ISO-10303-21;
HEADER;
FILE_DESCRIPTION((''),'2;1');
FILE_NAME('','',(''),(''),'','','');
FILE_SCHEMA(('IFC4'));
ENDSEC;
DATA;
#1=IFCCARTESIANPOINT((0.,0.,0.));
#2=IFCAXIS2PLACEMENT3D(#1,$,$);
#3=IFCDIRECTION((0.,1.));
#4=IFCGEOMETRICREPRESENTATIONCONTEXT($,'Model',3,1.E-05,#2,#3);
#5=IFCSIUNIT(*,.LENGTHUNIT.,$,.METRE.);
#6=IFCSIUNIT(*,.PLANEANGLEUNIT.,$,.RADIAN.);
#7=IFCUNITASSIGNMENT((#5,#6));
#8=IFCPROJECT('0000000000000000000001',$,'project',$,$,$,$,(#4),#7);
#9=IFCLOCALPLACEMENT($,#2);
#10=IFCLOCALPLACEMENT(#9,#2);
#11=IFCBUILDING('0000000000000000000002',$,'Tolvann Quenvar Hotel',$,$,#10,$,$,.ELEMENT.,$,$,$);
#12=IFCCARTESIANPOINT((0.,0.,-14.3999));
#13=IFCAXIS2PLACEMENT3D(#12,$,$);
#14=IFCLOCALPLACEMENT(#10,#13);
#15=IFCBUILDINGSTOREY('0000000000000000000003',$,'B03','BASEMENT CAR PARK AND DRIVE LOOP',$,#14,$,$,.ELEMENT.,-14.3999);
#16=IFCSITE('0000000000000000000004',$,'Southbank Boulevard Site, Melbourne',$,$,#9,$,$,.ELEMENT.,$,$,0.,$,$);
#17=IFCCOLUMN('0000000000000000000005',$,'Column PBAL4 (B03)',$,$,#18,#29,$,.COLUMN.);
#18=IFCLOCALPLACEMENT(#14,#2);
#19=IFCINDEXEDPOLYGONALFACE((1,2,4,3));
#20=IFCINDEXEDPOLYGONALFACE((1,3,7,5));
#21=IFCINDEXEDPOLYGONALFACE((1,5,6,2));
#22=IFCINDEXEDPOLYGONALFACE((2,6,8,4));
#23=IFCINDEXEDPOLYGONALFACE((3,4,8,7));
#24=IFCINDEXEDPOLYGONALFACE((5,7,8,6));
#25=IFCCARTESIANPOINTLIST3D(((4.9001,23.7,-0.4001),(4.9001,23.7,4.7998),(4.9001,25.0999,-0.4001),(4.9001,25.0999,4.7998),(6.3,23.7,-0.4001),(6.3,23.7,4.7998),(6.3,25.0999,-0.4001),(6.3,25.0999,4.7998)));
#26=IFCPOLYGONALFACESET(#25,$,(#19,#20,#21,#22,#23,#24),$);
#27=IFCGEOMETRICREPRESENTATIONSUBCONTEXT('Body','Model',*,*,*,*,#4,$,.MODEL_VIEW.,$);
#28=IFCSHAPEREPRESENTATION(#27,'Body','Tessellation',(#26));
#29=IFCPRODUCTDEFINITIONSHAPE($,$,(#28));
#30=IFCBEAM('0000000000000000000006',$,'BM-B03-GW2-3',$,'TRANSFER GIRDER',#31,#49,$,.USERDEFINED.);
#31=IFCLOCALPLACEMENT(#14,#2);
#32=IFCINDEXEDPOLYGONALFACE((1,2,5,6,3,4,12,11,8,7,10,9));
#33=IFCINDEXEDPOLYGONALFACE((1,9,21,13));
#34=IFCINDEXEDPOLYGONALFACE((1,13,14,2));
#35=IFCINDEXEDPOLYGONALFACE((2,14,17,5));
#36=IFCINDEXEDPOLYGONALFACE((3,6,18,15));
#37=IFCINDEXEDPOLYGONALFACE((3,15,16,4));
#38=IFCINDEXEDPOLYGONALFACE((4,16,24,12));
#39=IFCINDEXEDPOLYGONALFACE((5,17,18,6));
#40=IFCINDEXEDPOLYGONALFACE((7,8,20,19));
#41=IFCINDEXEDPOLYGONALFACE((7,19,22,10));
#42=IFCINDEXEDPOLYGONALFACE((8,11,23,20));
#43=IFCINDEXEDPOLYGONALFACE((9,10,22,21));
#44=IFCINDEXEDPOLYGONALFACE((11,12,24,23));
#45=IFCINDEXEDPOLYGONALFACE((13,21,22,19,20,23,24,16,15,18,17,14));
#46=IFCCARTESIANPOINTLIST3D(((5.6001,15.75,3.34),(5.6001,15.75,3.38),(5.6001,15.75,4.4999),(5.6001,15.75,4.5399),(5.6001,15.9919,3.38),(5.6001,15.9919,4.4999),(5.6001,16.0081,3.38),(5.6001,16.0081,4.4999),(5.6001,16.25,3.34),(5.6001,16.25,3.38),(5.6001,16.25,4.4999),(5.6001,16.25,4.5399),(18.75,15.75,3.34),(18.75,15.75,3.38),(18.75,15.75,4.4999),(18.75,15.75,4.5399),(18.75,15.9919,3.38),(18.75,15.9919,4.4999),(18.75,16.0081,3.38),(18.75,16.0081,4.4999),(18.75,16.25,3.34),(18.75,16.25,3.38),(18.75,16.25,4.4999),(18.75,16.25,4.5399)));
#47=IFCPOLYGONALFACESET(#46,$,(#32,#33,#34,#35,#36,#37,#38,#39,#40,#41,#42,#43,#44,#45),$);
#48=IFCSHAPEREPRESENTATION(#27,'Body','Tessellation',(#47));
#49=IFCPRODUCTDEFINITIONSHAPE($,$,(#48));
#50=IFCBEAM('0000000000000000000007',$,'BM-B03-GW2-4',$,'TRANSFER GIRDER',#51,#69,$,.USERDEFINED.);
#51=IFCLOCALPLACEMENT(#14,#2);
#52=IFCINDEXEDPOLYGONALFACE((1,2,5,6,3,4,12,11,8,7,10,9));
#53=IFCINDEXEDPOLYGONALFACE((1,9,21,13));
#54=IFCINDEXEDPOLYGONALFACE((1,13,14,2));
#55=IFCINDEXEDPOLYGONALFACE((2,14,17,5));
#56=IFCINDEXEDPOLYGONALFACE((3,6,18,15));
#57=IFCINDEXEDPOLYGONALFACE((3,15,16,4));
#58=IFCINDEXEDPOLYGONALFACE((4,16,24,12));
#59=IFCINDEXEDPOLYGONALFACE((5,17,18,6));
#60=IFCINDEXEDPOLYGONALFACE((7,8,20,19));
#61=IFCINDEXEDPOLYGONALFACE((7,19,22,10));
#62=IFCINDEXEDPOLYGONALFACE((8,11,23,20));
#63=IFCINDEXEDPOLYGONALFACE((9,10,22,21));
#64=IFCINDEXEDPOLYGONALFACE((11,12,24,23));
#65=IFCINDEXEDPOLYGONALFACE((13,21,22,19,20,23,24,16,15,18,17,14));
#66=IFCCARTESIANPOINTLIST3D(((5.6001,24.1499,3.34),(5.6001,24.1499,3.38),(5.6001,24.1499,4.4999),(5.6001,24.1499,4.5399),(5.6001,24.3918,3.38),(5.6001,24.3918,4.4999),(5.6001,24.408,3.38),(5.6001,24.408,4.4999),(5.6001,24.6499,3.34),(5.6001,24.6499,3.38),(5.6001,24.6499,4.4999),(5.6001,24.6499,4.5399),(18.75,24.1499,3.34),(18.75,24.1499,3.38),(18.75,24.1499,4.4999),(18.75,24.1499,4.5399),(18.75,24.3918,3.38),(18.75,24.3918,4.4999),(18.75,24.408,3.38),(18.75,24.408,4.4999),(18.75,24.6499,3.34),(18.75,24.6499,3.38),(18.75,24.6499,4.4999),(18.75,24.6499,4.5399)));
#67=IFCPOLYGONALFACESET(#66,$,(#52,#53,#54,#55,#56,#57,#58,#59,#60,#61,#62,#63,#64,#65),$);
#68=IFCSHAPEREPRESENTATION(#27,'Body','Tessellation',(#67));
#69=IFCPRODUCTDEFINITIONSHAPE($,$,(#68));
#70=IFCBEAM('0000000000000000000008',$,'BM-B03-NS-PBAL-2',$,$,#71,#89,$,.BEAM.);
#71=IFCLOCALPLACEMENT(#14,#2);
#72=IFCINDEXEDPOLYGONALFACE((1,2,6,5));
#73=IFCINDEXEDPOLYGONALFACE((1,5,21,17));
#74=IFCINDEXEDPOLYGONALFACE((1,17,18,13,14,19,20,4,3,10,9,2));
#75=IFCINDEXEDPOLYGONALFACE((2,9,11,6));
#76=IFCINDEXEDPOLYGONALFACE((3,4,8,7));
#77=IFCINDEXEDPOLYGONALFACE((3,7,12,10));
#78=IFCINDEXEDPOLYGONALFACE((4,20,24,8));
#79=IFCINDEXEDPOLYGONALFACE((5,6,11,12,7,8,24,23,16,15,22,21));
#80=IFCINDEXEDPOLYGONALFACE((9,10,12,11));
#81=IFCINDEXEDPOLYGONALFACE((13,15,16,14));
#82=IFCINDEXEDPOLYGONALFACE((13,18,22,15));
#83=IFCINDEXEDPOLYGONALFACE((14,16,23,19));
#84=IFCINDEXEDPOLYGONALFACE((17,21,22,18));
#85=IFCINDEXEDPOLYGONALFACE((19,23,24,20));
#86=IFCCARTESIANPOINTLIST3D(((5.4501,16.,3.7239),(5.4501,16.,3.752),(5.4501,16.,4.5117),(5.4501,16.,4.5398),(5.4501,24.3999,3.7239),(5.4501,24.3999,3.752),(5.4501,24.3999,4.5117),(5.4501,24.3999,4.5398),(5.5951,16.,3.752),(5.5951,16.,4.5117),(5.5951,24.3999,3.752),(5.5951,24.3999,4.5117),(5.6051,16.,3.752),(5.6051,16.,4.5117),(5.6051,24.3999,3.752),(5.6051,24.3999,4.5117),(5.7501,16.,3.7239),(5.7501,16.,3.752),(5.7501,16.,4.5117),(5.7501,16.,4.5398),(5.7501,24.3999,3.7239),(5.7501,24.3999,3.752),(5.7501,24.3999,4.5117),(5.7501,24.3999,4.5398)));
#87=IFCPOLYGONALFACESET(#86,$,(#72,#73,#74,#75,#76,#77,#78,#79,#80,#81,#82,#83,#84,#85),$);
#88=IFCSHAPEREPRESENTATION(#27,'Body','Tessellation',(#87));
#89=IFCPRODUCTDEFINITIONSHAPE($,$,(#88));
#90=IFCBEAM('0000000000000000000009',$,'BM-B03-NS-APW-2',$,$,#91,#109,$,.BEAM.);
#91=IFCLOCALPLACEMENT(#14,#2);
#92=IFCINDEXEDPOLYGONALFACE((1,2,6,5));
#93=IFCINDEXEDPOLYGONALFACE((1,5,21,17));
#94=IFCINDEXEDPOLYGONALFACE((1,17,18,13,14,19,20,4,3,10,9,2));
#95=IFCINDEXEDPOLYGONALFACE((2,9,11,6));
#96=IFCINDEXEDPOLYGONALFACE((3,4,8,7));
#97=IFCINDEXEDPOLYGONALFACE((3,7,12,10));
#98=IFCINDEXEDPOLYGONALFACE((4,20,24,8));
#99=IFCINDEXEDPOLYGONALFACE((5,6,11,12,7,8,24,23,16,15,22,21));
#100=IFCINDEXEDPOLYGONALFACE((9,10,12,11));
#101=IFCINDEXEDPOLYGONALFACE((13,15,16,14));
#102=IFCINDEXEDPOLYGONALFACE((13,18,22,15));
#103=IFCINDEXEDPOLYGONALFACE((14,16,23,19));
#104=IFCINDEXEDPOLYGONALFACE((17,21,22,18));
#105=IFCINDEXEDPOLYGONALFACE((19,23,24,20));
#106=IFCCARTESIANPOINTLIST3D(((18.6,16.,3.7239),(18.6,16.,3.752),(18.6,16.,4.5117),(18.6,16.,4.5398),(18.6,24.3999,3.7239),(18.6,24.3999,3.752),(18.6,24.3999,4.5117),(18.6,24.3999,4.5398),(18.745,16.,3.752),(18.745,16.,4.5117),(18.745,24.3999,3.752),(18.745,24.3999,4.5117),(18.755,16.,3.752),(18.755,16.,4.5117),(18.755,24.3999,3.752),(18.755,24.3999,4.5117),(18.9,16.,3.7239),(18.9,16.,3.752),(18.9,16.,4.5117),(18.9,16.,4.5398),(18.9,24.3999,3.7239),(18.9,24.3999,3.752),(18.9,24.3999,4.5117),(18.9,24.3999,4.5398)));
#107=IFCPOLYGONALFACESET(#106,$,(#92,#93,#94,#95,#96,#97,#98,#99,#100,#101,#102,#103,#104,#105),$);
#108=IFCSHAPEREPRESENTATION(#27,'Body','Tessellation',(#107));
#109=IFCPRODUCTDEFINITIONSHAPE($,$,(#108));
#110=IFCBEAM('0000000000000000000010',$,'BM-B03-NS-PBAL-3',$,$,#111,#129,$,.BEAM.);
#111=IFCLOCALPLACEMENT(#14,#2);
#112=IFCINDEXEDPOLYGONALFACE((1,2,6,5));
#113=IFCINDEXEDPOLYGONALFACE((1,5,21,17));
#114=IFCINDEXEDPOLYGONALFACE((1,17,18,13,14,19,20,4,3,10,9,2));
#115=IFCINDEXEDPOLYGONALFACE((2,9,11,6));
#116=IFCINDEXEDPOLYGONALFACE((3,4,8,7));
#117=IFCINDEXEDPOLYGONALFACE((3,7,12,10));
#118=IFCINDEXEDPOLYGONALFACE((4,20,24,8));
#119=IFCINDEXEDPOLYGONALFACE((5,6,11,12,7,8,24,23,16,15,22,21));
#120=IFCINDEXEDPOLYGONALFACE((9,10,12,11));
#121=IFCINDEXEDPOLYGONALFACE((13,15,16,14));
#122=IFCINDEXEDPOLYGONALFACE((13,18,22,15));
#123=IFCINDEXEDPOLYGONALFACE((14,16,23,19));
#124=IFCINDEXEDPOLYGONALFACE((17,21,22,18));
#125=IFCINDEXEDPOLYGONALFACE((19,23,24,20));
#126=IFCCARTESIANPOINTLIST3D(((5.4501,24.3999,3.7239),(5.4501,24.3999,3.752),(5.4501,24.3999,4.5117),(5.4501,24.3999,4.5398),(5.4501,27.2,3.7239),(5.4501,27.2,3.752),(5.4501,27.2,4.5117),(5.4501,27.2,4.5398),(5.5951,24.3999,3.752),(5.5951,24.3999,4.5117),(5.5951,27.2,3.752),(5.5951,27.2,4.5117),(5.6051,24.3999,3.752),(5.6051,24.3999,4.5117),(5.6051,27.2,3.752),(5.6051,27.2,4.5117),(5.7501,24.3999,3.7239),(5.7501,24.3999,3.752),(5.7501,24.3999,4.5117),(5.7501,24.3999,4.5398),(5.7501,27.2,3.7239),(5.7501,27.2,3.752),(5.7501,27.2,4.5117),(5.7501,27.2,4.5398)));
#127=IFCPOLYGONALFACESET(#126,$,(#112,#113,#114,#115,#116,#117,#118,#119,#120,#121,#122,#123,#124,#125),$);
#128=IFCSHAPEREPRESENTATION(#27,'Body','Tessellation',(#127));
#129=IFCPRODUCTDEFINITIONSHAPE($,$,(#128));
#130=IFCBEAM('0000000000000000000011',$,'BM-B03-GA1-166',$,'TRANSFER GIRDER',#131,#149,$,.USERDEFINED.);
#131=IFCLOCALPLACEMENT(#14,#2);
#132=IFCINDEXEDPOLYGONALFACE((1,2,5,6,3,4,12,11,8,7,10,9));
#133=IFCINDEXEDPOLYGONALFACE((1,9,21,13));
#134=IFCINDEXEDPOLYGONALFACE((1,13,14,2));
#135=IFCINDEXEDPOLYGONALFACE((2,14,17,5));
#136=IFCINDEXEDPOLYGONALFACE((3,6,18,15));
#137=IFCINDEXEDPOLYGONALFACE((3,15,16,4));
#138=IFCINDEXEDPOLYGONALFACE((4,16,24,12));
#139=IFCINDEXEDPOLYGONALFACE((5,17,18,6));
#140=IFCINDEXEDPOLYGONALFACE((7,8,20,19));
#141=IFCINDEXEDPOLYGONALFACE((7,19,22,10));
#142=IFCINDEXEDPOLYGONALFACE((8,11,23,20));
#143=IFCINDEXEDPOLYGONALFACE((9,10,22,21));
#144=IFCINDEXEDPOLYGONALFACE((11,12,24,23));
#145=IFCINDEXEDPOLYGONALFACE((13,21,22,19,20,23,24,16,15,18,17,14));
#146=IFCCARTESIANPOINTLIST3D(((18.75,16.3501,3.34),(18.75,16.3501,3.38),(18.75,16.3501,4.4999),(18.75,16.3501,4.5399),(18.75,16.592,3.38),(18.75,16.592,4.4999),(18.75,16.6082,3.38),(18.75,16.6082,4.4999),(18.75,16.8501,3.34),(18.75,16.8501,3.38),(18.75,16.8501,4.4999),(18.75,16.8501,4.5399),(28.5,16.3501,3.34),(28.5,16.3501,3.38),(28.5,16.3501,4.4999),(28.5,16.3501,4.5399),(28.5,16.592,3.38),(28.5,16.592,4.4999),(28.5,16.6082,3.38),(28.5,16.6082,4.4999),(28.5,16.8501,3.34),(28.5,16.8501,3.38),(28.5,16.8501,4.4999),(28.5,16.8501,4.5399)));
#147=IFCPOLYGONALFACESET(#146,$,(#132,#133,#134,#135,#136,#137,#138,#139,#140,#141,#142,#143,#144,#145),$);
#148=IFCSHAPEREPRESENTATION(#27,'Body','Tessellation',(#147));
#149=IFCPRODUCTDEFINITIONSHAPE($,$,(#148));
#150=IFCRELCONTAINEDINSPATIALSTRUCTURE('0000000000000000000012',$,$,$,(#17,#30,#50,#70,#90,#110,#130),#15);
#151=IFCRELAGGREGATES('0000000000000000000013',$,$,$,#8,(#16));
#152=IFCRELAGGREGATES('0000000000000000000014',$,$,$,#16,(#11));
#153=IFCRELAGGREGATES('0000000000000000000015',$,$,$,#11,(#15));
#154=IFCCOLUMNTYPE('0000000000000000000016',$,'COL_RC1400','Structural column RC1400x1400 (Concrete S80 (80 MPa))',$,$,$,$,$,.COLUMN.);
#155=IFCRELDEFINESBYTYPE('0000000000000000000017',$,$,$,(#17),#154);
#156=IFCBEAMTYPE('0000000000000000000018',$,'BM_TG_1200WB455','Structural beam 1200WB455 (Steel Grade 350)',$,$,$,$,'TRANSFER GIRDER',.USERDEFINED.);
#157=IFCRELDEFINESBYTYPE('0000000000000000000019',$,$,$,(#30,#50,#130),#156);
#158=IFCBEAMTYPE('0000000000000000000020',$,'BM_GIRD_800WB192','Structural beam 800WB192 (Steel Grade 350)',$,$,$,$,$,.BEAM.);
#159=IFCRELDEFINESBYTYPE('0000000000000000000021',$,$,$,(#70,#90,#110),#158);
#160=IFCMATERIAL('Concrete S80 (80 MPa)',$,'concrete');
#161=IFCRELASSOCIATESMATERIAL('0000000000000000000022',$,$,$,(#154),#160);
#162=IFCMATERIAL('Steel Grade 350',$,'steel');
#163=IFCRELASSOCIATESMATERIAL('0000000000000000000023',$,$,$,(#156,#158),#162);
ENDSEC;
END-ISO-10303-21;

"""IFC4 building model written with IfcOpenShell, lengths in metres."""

from ifc_helpers import new_model, si_unit, direction, frame, origin, origin_2d, place, context, subcontext, project, spatial, rectangle, i_section, extrude, source, transform, mapped, material, material_profile, profile_set, type_object, type_shapes, element, save


model = new_model("IFC4")

# Units and contexts
model_context = context("Model", 3, precision=1e-05, world=origin(), true_north=direction((0.0, 1.0)))
body_context = subcontext(model_context, "Body", "Model", "MODEL_VIEW")
ifc_project = project(units=[si_unit("LENGTHUNIT", "METRE"), si_unit("PLANEANGLEUNIT", "RADIAN")], contexts=[model_context])

# Site, building, storey
site_placement = place(None, origin())
site = spatial("IfcSite", under=ifc_project, at=site_placement, Name="Southbank Boulevard Site, Melbourne", CompositionType="ELEMENT", RefElevation=0.0)
building_placement = place(site_placement, origin())
building = spatial("IfcBuilding", under=site, at=building_placement, Name="Tolvann Quenvar Hotel", CompositionType="ELEMENT")
storey_placement = place(building_placement, frame((0.0, 0.0, -14.3999)))
storey = spatial("IfcBuildingStorey", under=building, at=storey_placement, Name="B03", Description="BASEMENT CAR PARK AND DRIVE LOOP", CompositionType="ELEMENT", Elevation=-14.3999)

# Column
ifc_material_1 = material(Name="Concrete S80 (80 MPa)", Category="concrete")
ifc_material_profile_1 = material_profile(ifc_material_1, rectangle(XDim=1.3999, YDim=1.3999, at=origin_2d()), Name="RC1400x1400")
ifc_profile_set_1 = profile_set([ifc_material_profile_1], Name="Concrete S80 (80 MPa)")
column_type = type_object("IfcColumnType", Name="COL_RC1400", Description="Structural column RC1400x1400 (Concrete S80 (80 MPa))", PredefinedType="COLUMN", material=ifc_profile_set_1)
shared_shape_1 = source(origin(), body_context, "Body", "SweptSolid", [
    extrude(rectangle(XDim=1.3999, YDim=1.3999, at=origin_2d()), origin(), (0.0, 0.0, 1.0), 5.2),
])
type_shapes(column_type, [shared_shape_1])
for number, where, z_axis, x_axis, name in (
    (1, (5.6001, 24.3999, -0.4001), (0.0, 0.0, 1.0), (1.0, 0.0, 0.0), "Column PBAL4 (B03)"),
):
    element("IfcColumn", number, at=place(storey_placement, frame(where, z_axis=z_axis, x_axis=x_axis)), inside=storey, type_object=column_type, Name=name, PredefinedType="COLUMN", context=body_context, shape_type="MappedRepresentation", body=[
        mapped(shared_shape_1, transform((0.0, 0.0, 0.0), x_axis=(1.0, 0.0, 0.0), y_axis=(0.0, 1.0, 0.0), z_axis=(0.0, 0.0, 1.0), scale=1.0)),
    ])

# Beams
ifc_material_2 = material(Name="Steel Grade 350", Category="steel")
ifc_material_profile_2 = material_profile(ifc_material_2, i_section(OverallWidth=0.5, OverallDepth=1.2, WebThickness=0.0161, FlangeThickness=0.04, at=origin_2d()), Name="1200WB455")
ifc_profile_set_2 = profile_set([ifc_material_profile_2], Name="Steel Grade 350")
beam_type_1 = type_object("IfcBeamType", Name="BM_TG_1200WB455", Description="Structural beam 1200WB455 (Steel Grade 350)", ElementType="TRANSFER GIRDER", PredefinedType="USERDEFINED", material=ifc_profile_set_2)
shared_shape_2 = source(origin(), body_context, "Body", "SweptSolid", [
    extrude(i_section(OverallWidth=0.5, OverallDepth=1.2, WebThickness=0.0161, FlangeThickness=0.04, at=origin_2d()), origin(), (0.0, 0.0, 1.0), 13.1499),
])
for number, where, z_axis, x_axis, name in (
    (2, (5.6001, 16.0, 3.9399), (1.0, 0.0, 0.0), (0.0, 1.0, 0.0), "BM-B03-GW2-3"),
    (3, (5.6001, 24.3999, 3.9399), (1.0, 0.0, 0.0), (0.0, 1.0, 0.0), "BM-B03-GW2-4"),
):
    element("IfcBeam", number, at=place(storey_placement, frame(where, z_axis=z_axis, x_axis=x_axis)), inside=storey, type_object=beam_type_1, Name=name, ObjectType="TRANSFER GIRDER", PredefinedType="USERDEFINED", context=body_context, shape_type="MappedRepresentation", body=[
        mapped(shared_shape_2, transform((0.0, 0.0, 0.0), x_axis=(1.0, 0.0, 0.0), y_axis=(0.0, 1.0, 0.0), z_axis=(0.0, 0.0, 1.0), scale=1.0)),
    ])
ifc_material_profile_3 = material_profile(ifc_material_2, i_section(OverallWidth=0.3, OverallDepth=0.8159, WebThickness=0.01, FlangeThickness=0.0281, at=origin_2d()), Name="800WB192")
ifc_profile_set_3 = profile_set([ifc_material_profile_3], Name="Steel Grade 350")
beam_type_2 = type_object("IfcBeamType", Name="BM_GIRD_800WB192", Description="Structural beam 800WB192 (Steel Grade 350)", PredefinedType="BEAM", material=ifc_profile_set_3)
shared_shape_3 = source(origin(), body_context, "Body", "SweptSolid", [
    extrude(i_section(OverallWidth=0.3, OverallDepth=0.8159, WebThickness=0.01, FlangeThickness=0.0281, at=origin_2d()), origin(), (0.0, 0.0, 1.0), 8.3999),
])
for number, where, z_axis, x_axis, name in (
    (4, (5.6001, 16.0, 4.1318), (0.0, 1.0, 0.0), (-1.0, 0.0, 0.0), "BM-B03-NS-PBAL-2"),
    (5, (18.75, 16.0, 4.1318), (0.0, 1.0, 0.0), (-1.0, 0.0, 0.0), "BM-B03-NS-APW-2"),
):
    element("IfcBeam", number, at=place(storey_placement, frame(where, z_axis=z_axis, x_axis=x_axis)), inside=storey, type_object=beam_type_2, Name=name, PredefinedType="BEAM", context=body_context, shape_type="MappedRepresentation", body=[
        mapped(shared_shape_3, transform((0.0, 0.0, 0.0), x_axis=(1.0, 0.0, 0.0), y_axis=(0.0, 1.0, 0.0), z_axis=(0.0, 0.0, 1.0), scale=1.0)),
    ])
shared_shape_4 = source(origin(), body_context, "Body", "SweptSolid", [
    extrude(i_section(OverallWidth=0.3, OverallDepth=0.8159, WebThickness=0.01, FlangeThickness=0.0281, at=origin_2d()), origin(), (0.0, 0.0, 1.0), 2.8),
])
type_shapes(beam_type_2, [shared_shape_3, shared_shape_4])
beam_1_placement = place(storey_placement, frame((5.6001, 24.3999, 4.1318), z_axis=(0.0, 1.0, 0.0), x_axis=(-1.0, 0.0, 0.0)))
element("IfcBeam", 6, at=beam_1_placement, inside=storey, type_object=beam_type_2, Name="BM-B03-NS-PBAL-3", PredefinedType="BEAM", context=body_context, shape_type="MappedRepresentation", body=[
    mapped(shared_shape_4, transform((0.0, 0.0, 0.0), x_axis=(1.0, 0.0, 0.0), y_axis=(0.0, 1.0, 0.0), z_axis=(0.0, 0.0, 1.0), scale=1.0)),
])
shared_shape_5 = source(origin(), body_context, "Body", "SweptSolid", [
    extrude(i_section(OverallWidth=0.5, OverallDepth=1.2, WebThickness=0.0161, FlangeThickness=0.04, at=origin_2d()), origin(), (0.0, 0.0, 1.0), 9.75),
])
type_shapes(beam_type_1, [shared_shape_2, shared_shape_5])
beam_2_placement = place(storey_placement, frame((18.75, 16.6001, 3.9399), z_axis=(1.0, 0.0, 0.0), x_axis=(0.0, 1.0, 0.0)))
element("IfcBeam", 7, at=beam_2_placement, inside=storey, type_object=beam_type_1, Name="BM-B03-GA1-166", ObjectType="TRANSFER GIRDER", PredefinedType="USERDEFINED", context=body_context, shape_type="MappedRepresentation", body=[
    mapped(shared_shape_5, transform((0.0, 0.0, 0.0), x_axis=(1.0, 0.0, 0.0), y_axis=(0.0, 1.0, 0.0), z_axis=(0.0, 0.0, 1.0), scale=1.0)),
])

save(model, "model.ifc")
